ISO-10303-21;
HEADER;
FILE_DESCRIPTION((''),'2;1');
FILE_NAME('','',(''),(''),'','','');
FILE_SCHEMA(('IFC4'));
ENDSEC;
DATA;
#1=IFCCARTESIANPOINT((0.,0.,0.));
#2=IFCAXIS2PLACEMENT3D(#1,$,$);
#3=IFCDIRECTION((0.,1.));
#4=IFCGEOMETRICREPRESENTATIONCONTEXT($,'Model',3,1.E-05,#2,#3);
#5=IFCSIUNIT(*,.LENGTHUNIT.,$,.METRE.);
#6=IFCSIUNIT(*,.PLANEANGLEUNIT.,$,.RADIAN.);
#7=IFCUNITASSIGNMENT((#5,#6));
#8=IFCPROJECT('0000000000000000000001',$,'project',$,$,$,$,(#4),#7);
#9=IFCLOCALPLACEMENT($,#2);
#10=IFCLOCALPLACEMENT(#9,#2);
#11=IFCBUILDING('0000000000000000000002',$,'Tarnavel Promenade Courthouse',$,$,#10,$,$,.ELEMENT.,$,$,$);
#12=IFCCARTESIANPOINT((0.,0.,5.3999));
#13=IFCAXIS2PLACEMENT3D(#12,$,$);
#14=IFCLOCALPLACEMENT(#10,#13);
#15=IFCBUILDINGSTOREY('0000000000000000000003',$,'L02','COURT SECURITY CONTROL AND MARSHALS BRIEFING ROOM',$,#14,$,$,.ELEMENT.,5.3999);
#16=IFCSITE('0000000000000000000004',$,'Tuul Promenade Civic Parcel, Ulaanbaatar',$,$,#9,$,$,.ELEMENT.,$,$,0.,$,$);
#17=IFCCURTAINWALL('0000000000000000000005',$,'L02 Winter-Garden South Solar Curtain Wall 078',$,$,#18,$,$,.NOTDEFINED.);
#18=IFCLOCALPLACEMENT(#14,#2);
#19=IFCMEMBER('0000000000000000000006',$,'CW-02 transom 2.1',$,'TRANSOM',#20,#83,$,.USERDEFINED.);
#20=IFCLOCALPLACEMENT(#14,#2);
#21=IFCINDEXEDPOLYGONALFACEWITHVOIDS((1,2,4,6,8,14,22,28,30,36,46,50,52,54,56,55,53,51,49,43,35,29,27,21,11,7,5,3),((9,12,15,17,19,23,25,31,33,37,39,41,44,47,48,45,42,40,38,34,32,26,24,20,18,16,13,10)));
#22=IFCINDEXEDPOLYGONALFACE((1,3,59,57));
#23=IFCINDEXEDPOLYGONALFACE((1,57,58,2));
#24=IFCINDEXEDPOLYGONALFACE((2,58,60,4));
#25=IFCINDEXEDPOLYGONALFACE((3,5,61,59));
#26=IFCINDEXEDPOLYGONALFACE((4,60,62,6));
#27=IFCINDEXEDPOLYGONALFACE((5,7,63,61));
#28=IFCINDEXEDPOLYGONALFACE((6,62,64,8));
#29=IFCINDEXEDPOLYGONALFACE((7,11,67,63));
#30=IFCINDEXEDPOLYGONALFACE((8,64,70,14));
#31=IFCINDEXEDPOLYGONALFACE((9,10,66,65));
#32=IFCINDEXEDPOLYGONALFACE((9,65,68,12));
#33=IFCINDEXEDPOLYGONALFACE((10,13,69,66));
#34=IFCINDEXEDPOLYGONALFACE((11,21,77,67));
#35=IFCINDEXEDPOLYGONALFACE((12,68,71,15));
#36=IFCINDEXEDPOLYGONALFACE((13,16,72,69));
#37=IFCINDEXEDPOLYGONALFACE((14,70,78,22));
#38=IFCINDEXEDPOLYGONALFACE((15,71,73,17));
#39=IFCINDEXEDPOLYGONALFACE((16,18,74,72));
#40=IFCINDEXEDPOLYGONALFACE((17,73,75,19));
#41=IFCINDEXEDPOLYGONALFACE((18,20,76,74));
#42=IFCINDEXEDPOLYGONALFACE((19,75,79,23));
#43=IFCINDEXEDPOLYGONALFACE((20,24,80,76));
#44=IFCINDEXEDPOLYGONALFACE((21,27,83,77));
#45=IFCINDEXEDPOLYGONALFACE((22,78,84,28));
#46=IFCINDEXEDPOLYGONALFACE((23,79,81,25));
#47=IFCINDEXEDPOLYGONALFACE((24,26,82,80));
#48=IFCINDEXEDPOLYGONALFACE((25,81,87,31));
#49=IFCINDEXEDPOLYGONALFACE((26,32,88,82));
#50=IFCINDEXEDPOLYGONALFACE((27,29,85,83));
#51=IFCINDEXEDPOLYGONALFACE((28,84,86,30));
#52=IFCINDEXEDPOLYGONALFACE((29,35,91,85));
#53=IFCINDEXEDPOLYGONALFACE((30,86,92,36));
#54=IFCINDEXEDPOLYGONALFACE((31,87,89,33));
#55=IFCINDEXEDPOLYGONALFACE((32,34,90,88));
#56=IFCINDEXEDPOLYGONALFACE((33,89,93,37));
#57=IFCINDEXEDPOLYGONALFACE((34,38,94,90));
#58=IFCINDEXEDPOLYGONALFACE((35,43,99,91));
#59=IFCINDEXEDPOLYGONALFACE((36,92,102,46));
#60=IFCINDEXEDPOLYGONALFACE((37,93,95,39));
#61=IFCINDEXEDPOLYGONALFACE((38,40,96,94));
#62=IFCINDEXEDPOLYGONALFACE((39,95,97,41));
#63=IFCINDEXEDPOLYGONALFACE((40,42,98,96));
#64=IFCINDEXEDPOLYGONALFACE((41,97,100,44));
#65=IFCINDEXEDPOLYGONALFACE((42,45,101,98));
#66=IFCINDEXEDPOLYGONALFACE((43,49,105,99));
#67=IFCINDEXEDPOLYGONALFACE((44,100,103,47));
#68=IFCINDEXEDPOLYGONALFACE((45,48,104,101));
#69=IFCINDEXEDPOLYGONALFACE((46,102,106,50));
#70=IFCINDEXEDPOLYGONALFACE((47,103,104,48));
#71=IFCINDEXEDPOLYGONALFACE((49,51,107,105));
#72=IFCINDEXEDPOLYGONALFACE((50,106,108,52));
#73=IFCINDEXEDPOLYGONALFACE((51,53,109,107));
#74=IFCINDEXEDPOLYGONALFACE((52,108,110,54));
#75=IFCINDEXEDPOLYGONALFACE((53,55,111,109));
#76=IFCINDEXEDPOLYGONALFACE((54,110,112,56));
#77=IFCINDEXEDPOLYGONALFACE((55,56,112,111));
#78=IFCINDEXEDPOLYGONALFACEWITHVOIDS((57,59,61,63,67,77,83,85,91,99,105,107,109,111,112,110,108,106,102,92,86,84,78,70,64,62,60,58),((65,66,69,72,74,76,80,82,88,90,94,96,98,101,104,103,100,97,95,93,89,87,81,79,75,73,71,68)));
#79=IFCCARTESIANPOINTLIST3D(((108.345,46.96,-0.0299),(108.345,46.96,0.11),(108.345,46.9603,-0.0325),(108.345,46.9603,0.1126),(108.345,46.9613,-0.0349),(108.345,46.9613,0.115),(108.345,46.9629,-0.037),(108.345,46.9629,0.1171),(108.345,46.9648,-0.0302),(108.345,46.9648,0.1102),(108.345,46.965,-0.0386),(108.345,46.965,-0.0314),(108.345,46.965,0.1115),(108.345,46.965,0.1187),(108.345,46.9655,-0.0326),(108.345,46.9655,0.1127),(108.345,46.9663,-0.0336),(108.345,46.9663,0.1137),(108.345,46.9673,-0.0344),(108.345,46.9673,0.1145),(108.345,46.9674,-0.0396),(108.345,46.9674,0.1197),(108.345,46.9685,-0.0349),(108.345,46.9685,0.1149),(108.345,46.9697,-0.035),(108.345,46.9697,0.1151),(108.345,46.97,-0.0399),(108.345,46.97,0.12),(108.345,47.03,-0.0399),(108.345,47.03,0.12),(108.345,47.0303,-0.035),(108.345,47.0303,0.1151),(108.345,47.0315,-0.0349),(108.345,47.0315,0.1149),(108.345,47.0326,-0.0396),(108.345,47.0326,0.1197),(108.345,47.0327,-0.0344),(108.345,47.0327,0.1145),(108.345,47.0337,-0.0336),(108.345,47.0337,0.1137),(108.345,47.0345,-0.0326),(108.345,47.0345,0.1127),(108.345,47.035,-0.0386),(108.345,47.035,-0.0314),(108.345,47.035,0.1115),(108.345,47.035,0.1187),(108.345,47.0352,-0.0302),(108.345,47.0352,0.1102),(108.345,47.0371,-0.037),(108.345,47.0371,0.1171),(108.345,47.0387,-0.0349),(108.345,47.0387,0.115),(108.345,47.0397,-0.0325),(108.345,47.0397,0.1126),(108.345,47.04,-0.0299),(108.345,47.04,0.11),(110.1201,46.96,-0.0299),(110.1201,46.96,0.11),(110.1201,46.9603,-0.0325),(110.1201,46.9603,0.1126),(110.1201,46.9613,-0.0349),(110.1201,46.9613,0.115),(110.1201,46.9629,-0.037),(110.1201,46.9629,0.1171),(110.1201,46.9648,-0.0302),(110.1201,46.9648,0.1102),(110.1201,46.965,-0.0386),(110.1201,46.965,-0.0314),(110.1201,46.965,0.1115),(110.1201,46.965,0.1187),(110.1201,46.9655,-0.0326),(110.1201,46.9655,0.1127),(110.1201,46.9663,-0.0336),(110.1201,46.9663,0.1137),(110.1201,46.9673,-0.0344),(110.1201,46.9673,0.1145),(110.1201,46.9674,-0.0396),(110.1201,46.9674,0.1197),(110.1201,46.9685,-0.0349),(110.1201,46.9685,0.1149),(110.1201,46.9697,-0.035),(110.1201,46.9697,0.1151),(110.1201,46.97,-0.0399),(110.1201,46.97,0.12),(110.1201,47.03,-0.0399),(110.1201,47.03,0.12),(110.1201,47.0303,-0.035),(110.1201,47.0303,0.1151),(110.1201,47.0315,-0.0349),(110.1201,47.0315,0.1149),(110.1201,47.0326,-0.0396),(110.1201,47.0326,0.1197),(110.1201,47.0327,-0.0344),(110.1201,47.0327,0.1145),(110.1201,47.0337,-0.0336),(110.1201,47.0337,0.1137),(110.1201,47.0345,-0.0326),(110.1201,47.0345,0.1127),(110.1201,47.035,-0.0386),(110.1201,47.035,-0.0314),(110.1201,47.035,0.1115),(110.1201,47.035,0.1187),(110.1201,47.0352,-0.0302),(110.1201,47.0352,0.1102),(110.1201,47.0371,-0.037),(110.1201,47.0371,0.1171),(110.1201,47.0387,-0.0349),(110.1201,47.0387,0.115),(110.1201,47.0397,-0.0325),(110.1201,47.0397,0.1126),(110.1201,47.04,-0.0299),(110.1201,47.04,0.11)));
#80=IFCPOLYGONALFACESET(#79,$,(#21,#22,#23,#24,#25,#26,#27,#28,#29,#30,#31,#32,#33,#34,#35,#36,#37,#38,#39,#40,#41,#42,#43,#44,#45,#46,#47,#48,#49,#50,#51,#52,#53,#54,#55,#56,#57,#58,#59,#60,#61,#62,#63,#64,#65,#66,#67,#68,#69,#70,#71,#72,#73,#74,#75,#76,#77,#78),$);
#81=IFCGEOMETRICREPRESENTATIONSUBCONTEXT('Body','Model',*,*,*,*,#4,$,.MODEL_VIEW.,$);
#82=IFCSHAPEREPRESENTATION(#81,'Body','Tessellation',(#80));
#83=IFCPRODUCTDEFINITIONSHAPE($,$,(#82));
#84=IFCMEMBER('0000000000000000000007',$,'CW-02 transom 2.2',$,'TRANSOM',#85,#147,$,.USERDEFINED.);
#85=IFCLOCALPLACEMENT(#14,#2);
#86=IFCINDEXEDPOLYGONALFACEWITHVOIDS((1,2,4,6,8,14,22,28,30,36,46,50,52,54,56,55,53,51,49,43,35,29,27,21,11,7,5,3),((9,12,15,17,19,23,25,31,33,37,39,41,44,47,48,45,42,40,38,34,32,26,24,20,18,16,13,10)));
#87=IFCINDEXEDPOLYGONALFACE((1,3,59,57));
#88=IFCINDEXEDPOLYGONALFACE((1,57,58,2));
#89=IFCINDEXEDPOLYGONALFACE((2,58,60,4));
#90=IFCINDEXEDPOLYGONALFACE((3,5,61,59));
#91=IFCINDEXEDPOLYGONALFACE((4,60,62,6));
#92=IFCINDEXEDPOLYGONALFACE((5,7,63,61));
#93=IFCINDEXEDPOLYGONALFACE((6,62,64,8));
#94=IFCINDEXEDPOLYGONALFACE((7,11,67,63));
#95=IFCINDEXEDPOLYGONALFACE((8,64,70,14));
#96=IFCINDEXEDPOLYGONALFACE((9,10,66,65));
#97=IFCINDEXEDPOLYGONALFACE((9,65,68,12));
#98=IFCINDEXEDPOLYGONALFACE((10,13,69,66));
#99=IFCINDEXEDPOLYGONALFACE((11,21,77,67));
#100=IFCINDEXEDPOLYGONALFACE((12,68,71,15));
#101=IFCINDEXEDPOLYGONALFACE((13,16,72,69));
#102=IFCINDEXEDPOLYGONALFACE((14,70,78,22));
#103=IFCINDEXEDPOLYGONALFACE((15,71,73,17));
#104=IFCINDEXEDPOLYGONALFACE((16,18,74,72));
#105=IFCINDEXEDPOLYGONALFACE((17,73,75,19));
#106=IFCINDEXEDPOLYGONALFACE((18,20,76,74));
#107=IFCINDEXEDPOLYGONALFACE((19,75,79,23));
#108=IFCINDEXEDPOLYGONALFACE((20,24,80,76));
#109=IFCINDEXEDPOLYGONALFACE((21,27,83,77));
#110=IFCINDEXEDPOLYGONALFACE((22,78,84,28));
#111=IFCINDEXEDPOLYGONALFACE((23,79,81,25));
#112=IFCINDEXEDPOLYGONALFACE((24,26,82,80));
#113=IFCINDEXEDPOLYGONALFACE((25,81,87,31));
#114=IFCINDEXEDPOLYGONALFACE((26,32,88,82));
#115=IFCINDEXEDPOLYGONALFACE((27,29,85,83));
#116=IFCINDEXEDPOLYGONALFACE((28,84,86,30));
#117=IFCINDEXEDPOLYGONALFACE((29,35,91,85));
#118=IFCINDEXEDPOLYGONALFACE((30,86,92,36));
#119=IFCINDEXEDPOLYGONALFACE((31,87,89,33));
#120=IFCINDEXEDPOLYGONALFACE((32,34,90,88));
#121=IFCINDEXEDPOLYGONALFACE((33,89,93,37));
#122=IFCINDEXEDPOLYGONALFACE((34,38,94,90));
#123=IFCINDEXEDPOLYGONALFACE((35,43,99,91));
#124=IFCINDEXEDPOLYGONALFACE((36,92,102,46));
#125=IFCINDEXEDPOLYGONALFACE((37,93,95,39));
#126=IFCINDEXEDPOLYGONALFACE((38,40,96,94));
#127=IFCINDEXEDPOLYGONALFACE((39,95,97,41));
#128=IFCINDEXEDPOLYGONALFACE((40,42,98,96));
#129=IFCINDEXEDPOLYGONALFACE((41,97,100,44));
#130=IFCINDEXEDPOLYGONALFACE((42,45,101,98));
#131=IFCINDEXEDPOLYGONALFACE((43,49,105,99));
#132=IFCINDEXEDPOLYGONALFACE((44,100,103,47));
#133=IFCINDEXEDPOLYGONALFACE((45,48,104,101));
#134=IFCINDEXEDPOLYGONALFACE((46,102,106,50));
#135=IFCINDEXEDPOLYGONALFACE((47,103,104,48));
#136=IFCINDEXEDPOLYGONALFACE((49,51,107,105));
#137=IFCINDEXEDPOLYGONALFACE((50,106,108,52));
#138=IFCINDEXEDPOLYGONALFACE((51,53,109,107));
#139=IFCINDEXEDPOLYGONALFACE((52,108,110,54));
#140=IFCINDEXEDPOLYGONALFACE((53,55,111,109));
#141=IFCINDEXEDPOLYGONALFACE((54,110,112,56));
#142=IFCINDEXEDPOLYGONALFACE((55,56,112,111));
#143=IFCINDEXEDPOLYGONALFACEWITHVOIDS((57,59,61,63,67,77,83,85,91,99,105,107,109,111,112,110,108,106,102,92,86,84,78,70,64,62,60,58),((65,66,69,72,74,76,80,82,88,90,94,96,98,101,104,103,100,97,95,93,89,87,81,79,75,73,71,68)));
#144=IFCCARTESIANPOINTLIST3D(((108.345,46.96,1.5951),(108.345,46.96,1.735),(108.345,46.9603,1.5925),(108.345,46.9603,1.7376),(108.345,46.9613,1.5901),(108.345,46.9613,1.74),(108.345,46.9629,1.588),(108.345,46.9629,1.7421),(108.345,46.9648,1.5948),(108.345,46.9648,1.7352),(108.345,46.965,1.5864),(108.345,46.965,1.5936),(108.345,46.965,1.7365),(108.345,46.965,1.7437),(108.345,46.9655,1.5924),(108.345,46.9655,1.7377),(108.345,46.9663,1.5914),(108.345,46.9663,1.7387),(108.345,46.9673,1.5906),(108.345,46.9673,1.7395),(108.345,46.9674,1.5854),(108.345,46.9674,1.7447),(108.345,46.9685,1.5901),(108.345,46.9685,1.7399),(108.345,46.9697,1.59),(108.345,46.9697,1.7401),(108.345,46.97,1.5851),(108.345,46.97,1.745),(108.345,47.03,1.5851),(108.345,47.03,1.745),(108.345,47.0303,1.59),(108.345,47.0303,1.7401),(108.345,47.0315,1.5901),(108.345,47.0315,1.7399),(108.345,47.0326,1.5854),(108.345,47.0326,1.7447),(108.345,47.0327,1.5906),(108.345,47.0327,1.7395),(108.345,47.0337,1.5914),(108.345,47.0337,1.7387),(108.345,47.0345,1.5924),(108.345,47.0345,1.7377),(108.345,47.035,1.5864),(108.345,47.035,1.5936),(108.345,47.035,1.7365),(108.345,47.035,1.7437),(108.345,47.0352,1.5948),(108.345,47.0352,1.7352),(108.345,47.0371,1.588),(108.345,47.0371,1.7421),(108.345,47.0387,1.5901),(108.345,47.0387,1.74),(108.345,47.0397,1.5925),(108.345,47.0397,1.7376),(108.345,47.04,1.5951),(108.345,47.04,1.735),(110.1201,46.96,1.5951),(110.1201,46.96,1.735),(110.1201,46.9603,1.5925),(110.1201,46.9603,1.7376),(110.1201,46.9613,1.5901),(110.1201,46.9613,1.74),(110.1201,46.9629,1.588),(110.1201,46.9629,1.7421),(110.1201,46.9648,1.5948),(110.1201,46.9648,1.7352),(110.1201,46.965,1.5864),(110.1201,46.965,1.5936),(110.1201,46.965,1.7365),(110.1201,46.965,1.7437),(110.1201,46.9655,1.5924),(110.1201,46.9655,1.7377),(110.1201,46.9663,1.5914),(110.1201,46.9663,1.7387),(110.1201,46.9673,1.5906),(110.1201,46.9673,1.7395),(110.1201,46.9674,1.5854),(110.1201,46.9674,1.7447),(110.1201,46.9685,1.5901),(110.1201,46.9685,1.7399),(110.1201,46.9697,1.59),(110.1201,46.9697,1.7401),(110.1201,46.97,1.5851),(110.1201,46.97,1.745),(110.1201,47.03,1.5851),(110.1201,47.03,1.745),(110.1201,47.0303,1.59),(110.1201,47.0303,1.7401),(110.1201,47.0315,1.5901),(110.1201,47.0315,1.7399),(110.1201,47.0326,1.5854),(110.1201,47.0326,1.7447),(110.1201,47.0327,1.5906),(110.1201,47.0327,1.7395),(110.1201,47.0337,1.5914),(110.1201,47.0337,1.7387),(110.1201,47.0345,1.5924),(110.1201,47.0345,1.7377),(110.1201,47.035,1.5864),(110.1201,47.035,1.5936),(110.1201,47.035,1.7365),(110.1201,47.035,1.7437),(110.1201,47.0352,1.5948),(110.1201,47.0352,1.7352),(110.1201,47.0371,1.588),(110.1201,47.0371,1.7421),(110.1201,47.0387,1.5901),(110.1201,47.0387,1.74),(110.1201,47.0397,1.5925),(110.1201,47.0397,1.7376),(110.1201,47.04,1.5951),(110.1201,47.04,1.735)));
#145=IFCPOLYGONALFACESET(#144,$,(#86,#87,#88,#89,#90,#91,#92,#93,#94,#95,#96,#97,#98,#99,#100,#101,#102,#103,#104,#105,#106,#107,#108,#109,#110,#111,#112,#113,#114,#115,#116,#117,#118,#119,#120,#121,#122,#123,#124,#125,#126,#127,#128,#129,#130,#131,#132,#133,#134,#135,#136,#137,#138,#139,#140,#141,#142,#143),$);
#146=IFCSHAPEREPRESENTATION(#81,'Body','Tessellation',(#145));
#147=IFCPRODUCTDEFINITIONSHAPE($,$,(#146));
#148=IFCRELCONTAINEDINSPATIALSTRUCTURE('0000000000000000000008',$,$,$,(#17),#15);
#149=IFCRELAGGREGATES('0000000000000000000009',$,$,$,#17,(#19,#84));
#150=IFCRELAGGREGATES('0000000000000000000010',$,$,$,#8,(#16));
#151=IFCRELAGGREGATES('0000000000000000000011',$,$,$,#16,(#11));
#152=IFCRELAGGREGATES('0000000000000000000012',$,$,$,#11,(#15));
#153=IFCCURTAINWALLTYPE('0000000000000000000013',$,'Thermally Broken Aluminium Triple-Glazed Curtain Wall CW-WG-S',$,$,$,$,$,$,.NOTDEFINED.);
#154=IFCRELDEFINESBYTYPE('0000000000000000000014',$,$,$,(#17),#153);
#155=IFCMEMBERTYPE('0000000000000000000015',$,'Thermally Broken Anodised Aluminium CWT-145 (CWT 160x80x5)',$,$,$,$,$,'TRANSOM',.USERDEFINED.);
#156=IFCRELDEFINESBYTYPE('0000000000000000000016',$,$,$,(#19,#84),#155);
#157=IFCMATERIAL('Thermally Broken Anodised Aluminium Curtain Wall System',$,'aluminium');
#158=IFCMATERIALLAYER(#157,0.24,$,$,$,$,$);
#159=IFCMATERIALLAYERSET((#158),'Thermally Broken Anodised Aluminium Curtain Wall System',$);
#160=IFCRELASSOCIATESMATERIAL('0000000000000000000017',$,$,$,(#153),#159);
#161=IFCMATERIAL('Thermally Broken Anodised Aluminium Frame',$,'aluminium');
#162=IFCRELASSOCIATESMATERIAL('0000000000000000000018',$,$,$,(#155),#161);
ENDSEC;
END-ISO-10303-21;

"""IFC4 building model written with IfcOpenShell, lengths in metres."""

from ifc_helpers import new_model, si_unit, direction, frame, origin, origin_2d, place, context, subcontext, project, spatial, hollow_rectangle, extrude, material, layer, layer_set, material_profile, profile_set, type_object, element, aggregate, save


model = new_model("IFC4")

# Units and contexts
model_context = context("Model", 3, precision=1e-05, world=origin(), true_north=direction((0.0, 1.0)))
body_context = subcontext(model_context, "Body", "Model", "MODEL_VIEW")
ifc_project = project(units=[si_unit("LENGTHUNIT", "METRE"), si_unit("PLANEANGLEUNIT", "RADIAN")], contexts=[model_context])

# Site, building, storey
site_placement = place(None, origin())
site = spatial("IfcSite", under=ifc_project, at=site_placement, Name="Tuul Promenade Civic Parcel, Ulaanbaatar", CompositionType="ELEMENT", RefElevation=0.0)
building_placement = place(site_placement, origin())
building = spatial("IfcBuilding", under=site, at=building_placement, Name="Tarnavel Promenade Courthouse", CompositionType="ELEMENT")
storey_placement = place(building_placement, frame((0.0, 0.0, 5.3999)))
storey = spatial("IfcBuildingStorey", under=building, at=storey_placement, Name="L02", Description="COURT SECURITY CONTROL AND MARSHALS BRIEFING ROOM", CompositionType="ELEMENT", Elevation=5.3999)

# Curtain wall
ifc_material_1 = material(Name="Thermally Broken Anodised Aluminium Curtain Wall System", Category="aluminium")
ifc_layer_1 = layer(ifc_material_1, 0.24)
ifc_layer_set_1 = layer_set([ifc_layer_1], Name="Thermally Broken Anodised Aluminium Curtain Wall System")
curtain_wall_type = type_object("IfcCurtainWallType", Name="Thermally Broken Aluminium Triple-Glazed Curtain Wall CW-WG-S", PredefinedType="NOTDEFINED", material=ifc_layer_set_1)
curtain_wall_1_placement = place(storey_placement, origin())
curtain_wall_1 = element("IfcCurtainWall", 1, at=curtain_wall_1_placement, inside=storey, type_object=curtain_wall_type, Name="L02 Winter-Garden South Solar Curtain Wall 078", PredefinedType="NOTDEFINED")
ifc_material_2 = material(Name="Thermally Broken Anodised Aluminium Frame", Category="aluminium")

# Members
ifc_material_profile_1 = material_profile(ifc_material_2, hollow_rectangle(XDim=0.0801, YDim=0.1599, WallThickness=0.0049, InnerFilletRadius=0.0049, OuterFilletRadius=0.01, at=origin_2d()), Name="CWT 160x80x5")
ifc_profile_set_1 = profile_set([ifc_material_profile_1], Name="Thermally Broken Anodised Aluminium Frame")
member_type_1 = type_object("IfcMemberType", Name="Thermally Broken Anodised Aluminium CWT-145 (CWT 160x80x5)", ElementType="TRANSOM", PredefinedType="USERDEFINED", material=ifc_profile_set_1)
member_1_placement = place(storey_placement, frame((108.345, 47.0, 0.04), z_axis=(1.0, 0.0, 0.0), x_axis=(0.0, 1.0, 0.0)))
member_1 = element("IfcMember", 2, at=member_1_placement, type_object=member_type_1, Name="CW-02 transom 2.1", ObjectType="TRANSOM", PredefinedType="USERDEFINED", context=body_context, shape_type="SweptSolid", body=[
    extrude(hollow_rectangle(XDim=0.0801, YDim=0.1599, WallThickness=0.0049, InnerFilletRadius=0.0049, OuterFilletRadius=0.01, at=origin_2d()), origin(), (0.0, 0.0, 1.0), 1.7751),
])
member_2_placement = place(storey_placement, frame((108.345, 47.0, 1.665), z_axis=(1.0, 0.0, 0.0), x_axis=(0.0, 1.0, 0.0)))
member_2 = element("IfcMember", 3, at=member_2_placement, type_object=member_type_1, Name="CW-02 transom 2.2", ObjectType="TRANSOM", PredefinedType="USERDEFINED", context=body_context, shape_type="SweptSolid", body=[
    extrude(hollow_rectangle(XDim=0.0801, YDim=0.1599, WallThickness=0.0049, InnerFilletRadius=0.0049, OuterFilletRadius=0.01, at=origin_2d()), origin(), (0.0, 0.0, 1.0), 1.7751),
])

aggregate(curtain_wall_1, [member_1, member_2])

save(model, "model.ifc")
